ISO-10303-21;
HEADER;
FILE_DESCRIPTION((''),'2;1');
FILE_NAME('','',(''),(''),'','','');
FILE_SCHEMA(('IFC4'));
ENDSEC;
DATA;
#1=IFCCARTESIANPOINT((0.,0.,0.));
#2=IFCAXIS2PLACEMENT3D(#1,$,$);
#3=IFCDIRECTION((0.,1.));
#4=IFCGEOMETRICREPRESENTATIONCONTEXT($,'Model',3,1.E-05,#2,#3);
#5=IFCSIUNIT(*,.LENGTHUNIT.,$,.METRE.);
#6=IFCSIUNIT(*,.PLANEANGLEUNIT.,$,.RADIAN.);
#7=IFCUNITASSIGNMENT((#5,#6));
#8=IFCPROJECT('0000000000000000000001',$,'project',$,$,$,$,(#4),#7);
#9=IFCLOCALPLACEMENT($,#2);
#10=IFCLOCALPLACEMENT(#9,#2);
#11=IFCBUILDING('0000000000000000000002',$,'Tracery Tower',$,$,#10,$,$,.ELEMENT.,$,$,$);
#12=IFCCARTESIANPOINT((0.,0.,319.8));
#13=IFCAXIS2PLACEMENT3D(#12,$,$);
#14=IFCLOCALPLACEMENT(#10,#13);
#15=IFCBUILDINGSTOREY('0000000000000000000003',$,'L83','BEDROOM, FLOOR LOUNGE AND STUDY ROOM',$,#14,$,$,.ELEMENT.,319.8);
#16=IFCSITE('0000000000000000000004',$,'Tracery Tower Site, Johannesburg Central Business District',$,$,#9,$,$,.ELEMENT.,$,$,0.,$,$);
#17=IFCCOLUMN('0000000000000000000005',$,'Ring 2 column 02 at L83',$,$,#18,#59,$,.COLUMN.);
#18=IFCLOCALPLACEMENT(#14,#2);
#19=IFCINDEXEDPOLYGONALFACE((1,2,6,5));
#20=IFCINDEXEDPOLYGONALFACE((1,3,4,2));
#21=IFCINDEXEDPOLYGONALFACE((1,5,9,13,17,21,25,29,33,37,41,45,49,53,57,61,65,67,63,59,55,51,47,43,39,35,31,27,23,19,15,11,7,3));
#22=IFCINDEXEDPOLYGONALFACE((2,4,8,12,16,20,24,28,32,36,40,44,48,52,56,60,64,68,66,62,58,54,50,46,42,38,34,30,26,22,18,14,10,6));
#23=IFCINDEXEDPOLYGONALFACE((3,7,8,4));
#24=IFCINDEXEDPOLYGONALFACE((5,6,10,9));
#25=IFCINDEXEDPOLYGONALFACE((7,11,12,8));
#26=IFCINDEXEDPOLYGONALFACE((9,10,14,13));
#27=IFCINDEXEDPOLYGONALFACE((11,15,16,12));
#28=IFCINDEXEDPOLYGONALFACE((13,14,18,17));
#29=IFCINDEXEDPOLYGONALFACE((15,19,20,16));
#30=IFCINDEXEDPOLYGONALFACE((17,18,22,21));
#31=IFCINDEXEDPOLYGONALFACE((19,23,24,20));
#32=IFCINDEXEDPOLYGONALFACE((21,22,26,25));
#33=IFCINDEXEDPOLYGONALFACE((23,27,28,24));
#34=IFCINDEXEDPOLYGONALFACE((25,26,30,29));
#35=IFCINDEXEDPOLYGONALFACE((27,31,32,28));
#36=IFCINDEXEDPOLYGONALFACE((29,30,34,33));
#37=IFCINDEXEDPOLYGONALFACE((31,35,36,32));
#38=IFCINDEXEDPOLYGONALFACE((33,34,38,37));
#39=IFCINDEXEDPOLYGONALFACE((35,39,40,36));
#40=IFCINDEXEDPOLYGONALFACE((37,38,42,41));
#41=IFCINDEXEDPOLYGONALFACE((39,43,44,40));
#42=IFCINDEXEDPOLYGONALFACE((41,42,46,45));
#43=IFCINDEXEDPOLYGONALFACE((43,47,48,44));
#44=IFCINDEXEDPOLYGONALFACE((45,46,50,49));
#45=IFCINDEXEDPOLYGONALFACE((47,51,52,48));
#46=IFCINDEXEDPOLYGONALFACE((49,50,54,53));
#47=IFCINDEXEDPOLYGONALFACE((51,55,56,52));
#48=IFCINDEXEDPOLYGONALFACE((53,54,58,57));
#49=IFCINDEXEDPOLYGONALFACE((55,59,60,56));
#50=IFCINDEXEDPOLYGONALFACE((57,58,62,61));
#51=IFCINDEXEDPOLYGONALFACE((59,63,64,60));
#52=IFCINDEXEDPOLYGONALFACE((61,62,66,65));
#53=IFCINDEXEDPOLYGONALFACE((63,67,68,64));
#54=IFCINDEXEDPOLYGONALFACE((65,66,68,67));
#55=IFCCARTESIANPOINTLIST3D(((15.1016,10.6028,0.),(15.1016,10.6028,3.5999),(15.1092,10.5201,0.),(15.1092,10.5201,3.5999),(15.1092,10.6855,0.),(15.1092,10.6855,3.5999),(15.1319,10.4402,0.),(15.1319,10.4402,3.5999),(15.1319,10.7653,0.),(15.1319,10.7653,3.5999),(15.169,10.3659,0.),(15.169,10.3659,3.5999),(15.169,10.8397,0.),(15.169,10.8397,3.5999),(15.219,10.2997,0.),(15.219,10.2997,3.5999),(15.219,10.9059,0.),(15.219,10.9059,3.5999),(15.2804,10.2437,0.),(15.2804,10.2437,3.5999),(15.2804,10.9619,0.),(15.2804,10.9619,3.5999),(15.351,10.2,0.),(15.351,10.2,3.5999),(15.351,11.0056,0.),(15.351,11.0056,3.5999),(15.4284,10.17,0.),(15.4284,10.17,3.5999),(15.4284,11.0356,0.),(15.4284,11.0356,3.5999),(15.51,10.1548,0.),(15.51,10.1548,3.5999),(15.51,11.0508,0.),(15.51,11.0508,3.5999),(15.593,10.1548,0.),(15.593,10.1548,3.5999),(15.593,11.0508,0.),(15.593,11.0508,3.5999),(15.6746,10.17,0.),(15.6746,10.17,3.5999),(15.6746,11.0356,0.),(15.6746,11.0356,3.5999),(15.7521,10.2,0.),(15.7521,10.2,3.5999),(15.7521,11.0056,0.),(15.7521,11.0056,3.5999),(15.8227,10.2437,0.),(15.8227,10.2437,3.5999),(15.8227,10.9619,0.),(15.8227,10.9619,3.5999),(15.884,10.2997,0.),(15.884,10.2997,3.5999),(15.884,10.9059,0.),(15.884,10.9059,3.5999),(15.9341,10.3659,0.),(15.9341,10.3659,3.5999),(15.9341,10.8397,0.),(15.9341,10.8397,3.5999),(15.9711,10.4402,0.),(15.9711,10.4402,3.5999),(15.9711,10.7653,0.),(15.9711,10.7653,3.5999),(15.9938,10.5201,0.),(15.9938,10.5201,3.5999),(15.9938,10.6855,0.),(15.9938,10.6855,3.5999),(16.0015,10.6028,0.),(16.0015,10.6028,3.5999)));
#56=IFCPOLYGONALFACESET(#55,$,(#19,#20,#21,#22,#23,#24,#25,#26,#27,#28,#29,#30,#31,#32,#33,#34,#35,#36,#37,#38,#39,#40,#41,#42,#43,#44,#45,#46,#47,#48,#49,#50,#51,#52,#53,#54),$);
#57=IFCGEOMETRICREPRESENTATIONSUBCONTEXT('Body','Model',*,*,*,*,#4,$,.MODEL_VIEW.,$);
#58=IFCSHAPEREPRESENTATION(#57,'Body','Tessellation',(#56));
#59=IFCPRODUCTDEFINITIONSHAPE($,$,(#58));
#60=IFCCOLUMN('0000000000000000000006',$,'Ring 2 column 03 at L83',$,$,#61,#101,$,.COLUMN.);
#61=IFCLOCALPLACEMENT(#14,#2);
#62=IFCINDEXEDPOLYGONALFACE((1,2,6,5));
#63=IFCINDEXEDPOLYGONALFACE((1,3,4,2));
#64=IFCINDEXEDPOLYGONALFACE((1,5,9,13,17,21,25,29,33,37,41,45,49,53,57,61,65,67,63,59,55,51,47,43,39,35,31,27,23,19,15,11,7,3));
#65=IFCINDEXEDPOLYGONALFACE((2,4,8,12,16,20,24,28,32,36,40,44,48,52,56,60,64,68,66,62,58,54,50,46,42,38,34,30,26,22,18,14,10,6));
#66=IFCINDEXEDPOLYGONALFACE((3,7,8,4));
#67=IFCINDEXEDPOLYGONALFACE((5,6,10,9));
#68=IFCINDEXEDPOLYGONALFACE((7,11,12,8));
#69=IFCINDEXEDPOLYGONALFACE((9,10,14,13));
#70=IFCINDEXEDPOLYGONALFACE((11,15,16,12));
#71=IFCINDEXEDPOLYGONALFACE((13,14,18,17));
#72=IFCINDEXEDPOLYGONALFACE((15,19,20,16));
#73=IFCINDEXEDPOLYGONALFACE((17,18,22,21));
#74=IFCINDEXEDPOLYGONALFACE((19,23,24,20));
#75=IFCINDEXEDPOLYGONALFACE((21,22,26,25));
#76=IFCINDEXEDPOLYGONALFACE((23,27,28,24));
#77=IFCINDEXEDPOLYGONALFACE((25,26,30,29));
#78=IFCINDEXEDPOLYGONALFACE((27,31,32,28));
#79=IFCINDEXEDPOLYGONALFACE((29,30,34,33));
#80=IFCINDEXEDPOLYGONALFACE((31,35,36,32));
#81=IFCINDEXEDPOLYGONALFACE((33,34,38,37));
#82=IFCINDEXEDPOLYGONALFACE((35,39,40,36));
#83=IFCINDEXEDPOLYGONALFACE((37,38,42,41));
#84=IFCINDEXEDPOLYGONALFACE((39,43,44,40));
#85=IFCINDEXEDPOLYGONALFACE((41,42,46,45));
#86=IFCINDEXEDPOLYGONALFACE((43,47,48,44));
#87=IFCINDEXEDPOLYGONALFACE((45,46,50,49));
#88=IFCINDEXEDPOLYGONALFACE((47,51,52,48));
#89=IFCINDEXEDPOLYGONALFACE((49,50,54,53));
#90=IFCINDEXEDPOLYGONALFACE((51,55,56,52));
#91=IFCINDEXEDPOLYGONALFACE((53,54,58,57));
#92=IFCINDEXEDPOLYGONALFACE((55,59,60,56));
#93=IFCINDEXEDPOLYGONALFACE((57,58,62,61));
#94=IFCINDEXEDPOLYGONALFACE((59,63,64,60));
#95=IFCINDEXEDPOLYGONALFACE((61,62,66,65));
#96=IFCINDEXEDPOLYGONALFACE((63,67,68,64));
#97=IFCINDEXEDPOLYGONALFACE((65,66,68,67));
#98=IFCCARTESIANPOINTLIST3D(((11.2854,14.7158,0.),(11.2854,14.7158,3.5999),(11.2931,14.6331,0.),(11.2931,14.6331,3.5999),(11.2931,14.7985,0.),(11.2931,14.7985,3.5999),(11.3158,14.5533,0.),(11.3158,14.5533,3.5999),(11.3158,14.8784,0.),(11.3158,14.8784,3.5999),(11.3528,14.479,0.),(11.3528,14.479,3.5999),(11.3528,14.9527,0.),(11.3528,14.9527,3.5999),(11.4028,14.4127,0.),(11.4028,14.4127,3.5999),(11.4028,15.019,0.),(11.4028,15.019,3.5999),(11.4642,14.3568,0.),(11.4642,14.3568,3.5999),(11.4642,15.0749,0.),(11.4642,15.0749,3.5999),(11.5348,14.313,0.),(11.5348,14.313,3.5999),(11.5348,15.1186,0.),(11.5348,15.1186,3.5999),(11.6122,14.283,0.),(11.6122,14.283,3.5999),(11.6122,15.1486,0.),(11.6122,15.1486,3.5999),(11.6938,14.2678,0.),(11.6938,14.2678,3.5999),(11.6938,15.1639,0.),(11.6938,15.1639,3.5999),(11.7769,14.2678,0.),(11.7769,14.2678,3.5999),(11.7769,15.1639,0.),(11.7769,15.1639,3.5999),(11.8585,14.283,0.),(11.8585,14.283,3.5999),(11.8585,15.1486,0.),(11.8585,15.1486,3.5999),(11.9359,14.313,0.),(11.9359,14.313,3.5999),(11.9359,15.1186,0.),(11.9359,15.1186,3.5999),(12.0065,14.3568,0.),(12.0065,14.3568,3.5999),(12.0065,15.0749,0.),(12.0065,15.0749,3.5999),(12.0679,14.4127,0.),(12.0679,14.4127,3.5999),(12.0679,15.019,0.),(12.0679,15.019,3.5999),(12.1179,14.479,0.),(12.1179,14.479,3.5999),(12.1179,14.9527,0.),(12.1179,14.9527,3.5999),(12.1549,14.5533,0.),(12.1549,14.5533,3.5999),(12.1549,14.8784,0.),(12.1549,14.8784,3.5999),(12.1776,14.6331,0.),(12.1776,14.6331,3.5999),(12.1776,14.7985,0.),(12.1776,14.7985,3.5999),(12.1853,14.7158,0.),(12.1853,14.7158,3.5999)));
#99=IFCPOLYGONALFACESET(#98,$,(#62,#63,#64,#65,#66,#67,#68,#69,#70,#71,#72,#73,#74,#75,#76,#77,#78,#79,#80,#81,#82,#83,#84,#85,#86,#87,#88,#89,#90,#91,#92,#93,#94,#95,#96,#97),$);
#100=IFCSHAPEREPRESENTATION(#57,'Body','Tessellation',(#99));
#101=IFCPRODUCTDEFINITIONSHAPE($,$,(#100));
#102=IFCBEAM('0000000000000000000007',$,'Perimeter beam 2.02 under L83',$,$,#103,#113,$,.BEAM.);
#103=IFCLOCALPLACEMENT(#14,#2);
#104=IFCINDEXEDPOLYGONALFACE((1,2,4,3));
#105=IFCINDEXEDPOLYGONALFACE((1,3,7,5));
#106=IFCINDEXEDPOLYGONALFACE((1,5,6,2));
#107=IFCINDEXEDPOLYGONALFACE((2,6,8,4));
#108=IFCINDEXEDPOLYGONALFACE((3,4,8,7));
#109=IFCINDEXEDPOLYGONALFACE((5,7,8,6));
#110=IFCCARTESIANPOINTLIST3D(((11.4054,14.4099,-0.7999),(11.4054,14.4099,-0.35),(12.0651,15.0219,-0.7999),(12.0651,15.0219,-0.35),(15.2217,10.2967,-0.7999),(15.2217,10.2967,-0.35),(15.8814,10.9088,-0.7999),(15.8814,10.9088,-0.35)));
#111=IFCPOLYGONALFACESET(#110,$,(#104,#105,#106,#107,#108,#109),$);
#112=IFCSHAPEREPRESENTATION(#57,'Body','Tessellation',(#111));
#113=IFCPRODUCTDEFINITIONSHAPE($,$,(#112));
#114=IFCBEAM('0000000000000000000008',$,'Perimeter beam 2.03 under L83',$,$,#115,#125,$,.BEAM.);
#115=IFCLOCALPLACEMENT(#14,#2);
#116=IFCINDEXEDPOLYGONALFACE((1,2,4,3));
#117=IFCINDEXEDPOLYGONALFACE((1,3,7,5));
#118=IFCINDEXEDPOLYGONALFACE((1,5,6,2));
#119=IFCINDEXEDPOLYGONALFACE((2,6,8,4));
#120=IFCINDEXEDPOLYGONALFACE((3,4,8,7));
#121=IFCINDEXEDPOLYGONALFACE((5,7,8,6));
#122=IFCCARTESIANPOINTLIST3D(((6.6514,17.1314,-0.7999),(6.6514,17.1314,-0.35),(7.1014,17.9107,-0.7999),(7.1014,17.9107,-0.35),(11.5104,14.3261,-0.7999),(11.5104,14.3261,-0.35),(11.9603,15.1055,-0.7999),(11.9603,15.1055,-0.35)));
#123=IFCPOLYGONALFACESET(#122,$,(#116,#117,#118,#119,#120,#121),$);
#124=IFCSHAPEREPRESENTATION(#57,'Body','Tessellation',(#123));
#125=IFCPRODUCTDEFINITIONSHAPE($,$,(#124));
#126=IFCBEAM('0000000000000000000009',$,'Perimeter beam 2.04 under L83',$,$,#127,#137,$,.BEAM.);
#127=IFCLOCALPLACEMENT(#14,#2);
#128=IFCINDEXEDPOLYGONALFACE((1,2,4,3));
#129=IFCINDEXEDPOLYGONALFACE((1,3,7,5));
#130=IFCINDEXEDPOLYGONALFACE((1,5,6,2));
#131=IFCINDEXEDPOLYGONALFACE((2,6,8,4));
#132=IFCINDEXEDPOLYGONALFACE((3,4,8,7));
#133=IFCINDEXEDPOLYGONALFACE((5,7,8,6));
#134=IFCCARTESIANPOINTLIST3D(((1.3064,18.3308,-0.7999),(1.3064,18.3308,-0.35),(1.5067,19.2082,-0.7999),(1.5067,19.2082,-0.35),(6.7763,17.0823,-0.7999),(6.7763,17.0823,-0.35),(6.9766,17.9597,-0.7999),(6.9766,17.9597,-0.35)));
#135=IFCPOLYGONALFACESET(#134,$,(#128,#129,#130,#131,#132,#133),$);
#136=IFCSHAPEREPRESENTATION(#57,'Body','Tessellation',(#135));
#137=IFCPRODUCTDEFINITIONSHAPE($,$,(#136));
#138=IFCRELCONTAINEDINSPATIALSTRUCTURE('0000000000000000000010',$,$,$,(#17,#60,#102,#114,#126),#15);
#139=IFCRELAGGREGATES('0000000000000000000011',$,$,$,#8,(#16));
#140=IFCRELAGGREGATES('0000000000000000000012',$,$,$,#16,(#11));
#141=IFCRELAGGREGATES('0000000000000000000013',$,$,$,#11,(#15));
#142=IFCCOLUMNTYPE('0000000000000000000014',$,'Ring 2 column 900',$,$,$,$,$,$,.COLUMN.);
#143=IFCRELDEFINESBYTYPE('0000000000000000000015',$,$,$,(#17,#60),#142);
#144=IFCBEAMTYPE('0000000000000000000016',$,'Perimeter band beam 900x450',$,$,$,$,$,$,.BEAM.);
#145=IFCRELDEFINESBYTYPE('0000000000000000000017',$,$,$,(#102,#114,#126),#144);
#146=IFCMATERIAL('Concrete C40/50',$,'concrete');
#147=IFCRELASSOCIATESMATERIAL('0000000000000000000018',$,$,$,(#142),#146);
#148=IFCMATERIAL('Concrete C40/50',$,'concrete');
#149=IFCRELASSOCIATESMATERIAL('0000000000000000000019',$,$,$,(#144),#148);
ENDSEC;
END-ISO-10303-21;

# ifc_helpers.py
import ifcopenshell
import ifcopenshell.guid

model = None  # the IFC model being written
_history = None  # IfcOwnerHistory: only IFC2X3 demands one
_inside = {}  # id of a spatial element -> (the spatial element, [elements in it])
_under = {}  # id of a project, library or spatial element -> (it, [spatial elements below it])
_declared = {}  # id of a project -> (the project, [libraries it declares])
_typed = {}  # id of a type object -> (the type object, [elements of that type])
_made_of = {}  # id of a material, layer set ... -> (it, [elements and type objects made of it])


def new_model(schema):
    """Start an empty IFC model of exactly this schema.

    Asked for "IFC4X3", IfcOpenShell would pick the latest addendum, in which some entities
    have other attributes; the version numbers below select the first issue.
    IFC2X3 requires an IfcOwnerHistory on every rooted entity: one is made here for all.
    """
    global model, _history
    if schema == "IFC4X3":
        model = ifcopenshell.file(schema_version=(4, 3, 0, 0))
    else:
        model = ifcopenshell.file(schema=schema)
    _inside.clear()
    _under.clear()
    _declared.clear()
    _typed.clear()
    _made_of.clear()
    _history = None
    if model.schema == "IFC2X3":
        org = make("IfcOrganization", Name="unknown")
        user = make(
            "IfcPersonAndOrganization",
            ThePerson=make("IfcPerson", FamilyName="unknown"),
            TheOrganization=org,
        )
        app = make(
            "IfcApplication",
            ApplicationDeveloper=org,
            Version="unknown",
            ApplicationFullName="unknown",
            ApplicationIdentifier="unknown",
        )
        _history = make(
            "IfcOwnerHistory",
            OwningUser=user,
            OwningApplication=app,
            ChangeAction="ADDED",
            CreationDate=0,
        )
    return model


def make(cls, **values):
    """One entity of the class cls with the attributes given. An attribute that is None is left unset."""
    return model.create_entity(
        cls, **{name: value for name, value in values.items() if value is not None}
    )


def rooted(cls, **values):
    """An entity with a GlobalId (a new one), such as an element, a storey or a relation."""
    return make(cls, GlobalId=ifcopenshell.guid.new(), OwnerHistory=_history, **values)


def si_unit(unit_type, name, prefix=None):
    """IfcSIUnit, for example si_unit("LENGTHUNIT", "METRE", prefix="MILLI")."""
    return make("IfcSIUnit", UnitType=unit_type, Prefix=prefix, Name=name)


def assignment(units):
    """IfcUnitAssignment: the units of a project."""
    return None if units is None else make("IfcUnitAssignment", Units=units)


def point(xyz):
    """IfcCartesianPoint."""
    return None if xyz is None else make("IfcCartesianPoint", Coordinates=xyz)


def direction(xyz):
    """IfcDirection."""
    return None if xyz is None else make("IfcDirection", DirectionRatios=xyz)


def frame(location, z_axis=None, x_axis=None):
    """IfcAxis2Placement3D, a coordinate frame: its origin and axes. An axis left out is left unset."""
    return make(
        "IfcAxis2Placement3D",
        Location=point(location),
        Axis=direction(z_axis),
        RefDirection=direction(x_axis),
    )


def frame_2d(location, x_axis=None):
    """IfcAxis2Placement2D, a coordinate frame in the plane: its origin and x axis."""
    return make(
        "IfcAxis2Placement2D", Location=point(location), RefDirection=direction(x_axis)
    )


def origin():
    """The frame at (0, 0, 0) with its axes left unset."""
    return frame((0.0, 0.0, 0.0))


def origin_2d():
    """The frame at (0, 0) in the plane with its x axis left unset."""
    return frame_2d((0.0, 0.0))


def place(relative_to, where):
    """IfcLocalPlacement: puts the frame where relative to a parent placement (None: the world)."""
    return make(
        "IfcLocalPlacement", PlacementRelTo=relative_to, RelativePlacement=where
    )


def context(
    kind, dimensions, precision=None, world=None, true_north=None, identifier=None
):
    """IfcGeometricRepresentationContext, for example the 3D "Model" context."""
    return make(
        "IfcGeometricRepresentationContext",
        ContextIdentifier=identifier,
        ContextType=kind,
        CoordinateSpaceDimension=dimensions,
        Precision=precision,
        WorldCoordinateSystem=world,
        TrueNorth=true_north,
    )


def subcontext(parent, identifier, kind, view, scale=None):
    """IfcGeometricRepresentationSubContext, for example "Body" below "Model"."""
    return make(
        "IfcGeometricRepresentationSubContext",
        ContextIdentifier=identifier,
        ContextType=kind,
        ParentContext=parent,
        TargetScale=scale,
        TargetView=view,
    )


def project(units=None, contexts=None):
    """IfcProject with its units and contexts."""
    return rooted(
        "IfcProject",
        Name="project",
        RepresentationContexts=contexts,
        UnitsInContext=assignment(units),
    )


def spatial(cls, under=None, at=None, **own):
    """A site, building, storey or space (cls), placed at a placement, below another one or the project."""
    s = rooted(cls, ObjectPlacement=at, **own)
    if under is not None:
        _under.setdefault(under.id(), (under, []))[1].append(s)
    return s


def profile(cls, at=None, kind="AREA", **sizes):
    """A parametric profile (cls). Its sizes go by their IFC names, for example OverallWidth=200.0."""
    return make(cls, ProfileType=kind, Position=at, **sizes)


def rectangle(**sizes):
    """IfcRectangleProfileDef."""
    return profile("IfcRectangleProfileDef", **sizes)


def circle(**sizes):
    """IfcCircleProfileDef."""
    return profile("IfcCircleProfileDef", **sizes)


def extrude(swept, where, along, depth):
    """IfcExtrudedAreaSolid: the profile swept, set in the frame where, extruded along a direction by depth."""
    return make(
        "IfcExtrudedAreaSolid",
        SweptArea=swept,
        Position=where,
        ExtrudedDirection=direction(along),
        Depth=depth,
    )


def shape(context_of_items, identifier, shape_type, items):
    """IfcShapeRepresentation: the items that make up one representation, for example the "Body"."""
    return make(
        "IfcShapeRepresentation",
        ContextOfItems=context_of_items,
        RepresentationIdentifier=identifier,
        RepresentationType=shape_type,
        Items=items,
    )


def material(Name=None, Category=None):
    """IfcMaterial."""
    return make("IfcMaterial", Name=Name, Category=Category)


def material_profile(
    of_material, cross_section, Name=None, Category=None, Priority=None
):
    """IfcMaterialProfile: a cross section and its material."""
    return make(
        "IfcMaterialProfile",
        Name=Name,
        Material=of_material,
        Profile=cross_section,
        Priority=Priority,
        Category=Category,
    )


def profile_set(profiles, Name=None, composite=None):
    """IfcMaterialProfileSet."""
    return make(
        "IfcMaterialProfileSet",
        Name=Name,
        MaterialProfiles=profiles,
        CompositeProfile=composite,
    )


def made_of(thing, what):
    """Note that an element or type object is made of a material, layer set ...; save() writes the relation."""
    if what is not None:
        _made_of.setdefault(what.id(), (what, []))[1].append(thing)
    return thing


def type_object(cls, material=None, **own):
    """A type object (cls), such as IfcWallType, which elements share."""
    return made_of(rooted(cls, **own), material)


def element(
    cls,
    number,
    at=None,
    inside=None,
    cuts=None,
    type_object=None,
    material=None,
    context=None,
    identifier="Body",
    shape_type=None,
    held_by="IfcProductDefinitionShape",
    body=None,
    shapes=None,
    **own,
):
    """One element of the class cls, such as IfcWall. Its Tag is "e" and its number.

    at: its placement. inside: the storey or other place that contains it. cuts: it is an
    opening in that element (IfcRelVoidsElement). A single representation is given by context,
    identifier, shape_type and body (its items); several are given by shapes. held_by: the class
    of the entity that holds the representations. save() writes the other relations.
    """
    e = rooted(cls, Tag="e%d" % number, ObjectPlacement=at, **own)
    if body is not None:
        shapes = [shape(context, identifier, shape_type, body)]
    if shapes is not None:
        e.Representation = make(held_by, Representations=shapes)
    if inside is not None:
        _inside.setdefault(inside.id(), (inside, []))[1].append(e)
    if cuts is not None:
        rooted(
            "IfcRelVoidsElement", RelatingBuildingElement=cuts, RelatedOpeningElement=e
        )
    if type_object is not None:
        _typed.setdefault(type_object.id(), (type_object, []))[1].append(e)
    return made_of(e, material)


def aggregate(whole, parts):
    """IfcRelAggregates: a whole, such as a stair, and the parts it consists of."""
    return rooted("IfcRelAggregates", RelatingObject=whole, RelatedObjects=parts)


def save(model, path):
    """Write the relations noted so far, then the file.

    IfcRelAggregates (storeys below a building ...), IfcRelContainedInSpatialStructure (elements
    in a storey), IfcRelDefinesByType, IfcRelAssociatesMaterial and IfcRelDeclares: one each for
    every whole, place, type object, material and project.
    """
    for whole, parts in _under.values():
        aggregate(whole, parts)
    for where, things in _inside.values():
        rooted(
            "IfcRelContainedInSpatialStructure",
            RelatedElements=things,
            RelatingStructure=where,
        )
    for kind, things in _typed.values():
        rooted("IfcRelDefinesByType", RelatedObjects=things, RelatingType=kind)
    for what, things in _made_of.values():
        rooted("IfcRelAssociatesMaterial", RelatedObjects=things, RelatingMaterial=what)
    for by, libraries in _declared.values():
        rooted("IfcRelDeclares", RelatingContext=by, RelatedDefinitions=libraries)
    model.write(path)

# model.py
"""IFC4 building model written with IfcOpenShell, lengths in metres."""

from ifc_helpers import new_model, si_unit, direction, frame, origin, origin_2d, place, context, subcontext, project, spatial, rectangle, circle, extrude, material, material_profile, profile_set, type_object, element, save


model = new_model("IFC4")

# Units and contexts
model_context = context("Model", 3, precision=1e-05, world=origin(), true_north=direction((0.0, 1.0)))
body_context = subcontext(model_context, "Body", "Model", "MODEL_VIEW")
ifc_project = project(units=[si_unit("LENGTHUNIT", "METRE"), si_unit("PLANEANGLEUNIT", "RADIAN")], contexts=[model_context])

# Site, building, storey
site_placement = place(None, origin())
site = spatial("IfcSite", under=ifc_project, at=site_placement, Name="Tracery Tower Site, Johannesburg Central Business District", CompositionType="ELEMENT", RefElevation=0.0)
building_placement = place(site_placement, origin())
building = spatial("IfcBuilding", under=site, at=building_placement, Name="Tracery Tower", CompositionType="ELEMENT")
storey_placement = place(building_placement, frame((0.0, 0.0, 319.8)))
storey = spatial("IfcBuildingStorey", under=building, at=storey_placement, Name="L83", Description="BEDROOM, FLOOR LOUNGE AND STUDY ROOM", CompositionType="ELEMENT", Elevation=319.8)

# Columns
ifc_material_1 = material(Name="Concrete C40/50", Category="concrete")
ifc_material_profile_1 = material_profile(ifc_material_1, circle(Radius=0.45, at=origin_2d()), Name="RC D900")
ifc_profile_set_1 = profile_set([ifc_material_profile_1], Name="Concrete C40/50")
column_type = type_object("IfcColumnType", Name="Ring 2 column 900", PredefinedType="COLUMN", material=ifc_profile_set_1)
for number, where, z_axis, x_axis, name in (
    (1, (15.5515, 10.6028, 0.0), (0.0, 0.0, 1.0), (1.0, 0.0, 0.0), "Ring 2 column 02 at L83"),
    (2, (11.7354, 14.7158, 0.0), (0.0, 0.0, 1.0), (1.0, 0.0, 0.0), "Ring 2 column 03 at L83"),
):
    element("IfcColumn", number, at=place(storey_placement, frame(where, z_axis=z_axis, x_axis=x_axis)), inside=storey, type_object=column_type, Name=name, PredefinedType="COLUMN", context=body_context, shape_type="SweptSolid", body=[
        extrude(circle(Radius=0.45, at=origin_2d()), origin(), (0.0, 0.0, 1.0), 3.5999),
    ])

# Beams
ifc_material_2 = material(Name="Concrete C40/50", Category="concrete")
ifc_material_profile_2 = material_profile(ifc_material_2, rectangle(XDim=0.8999, YDim=0.45, at=origin_2d()), Name="RC 900x450")
ifc_profile_set_2 = profile_set([ifc_material_profile_2], Name="Concrete C40/50")
beam_type = type_object("IfcBeamType", Name="Perimeter band beam 900x450", PredefinedType="BEAM", material=ifc_profile_set_2)
beam_placement = place(storey_placement, frame((15.5515, 10.6028, -0.575), z_axis=(-0.680156, 0.733068, 0.0), x_axis=(-0.733068, -0.680156, 0.0)))
element("IfcBeam", 3, at=beam_placement, inside=storey, type_object=beam_type, Name="Perimeter beam 2.02 under L83", PredefinedType="BEAM", context=body_context, shape_type="SweptSolid", body=[
    extrude(rectangle(XDim=0.8999, YDim=0.45, at=origin_2d()), origin(), (0.0, 0.0, 1.0), 5.6108),
])
for number, where, z_axis, x_axis, name in (
    (4, (11.7354, 14.7158, -0.575), (-0.866033, 0.499986, 0.0), (-0.499986, -0.866033, 0.0), "Perimeter beam 2.03 under L83"),
    (5, (6.8765, 17.521, -0.575), (-0.974926, 0.222529, 0.0), (-0.222529, -0.974926, 0.0), "Perimeter beam 2.04 under L83"),
):
    element("IfcBeam", number, at=place(storey_placement, frame(where, z_axis=z_axis, x_axis=x_axis)), inside=storey, type_object=beam_type, Name=name, PredefinedType="BEAM", context=body_context, shape_type="SweptSolid", body=[
        extrude(rectangle(XDim=0.8999, YDim=0.45, at=origin_2d()), origin(), (0.0, 0.0, 1.0), 5.6106),
    ])

save(model, "model.ifc")
